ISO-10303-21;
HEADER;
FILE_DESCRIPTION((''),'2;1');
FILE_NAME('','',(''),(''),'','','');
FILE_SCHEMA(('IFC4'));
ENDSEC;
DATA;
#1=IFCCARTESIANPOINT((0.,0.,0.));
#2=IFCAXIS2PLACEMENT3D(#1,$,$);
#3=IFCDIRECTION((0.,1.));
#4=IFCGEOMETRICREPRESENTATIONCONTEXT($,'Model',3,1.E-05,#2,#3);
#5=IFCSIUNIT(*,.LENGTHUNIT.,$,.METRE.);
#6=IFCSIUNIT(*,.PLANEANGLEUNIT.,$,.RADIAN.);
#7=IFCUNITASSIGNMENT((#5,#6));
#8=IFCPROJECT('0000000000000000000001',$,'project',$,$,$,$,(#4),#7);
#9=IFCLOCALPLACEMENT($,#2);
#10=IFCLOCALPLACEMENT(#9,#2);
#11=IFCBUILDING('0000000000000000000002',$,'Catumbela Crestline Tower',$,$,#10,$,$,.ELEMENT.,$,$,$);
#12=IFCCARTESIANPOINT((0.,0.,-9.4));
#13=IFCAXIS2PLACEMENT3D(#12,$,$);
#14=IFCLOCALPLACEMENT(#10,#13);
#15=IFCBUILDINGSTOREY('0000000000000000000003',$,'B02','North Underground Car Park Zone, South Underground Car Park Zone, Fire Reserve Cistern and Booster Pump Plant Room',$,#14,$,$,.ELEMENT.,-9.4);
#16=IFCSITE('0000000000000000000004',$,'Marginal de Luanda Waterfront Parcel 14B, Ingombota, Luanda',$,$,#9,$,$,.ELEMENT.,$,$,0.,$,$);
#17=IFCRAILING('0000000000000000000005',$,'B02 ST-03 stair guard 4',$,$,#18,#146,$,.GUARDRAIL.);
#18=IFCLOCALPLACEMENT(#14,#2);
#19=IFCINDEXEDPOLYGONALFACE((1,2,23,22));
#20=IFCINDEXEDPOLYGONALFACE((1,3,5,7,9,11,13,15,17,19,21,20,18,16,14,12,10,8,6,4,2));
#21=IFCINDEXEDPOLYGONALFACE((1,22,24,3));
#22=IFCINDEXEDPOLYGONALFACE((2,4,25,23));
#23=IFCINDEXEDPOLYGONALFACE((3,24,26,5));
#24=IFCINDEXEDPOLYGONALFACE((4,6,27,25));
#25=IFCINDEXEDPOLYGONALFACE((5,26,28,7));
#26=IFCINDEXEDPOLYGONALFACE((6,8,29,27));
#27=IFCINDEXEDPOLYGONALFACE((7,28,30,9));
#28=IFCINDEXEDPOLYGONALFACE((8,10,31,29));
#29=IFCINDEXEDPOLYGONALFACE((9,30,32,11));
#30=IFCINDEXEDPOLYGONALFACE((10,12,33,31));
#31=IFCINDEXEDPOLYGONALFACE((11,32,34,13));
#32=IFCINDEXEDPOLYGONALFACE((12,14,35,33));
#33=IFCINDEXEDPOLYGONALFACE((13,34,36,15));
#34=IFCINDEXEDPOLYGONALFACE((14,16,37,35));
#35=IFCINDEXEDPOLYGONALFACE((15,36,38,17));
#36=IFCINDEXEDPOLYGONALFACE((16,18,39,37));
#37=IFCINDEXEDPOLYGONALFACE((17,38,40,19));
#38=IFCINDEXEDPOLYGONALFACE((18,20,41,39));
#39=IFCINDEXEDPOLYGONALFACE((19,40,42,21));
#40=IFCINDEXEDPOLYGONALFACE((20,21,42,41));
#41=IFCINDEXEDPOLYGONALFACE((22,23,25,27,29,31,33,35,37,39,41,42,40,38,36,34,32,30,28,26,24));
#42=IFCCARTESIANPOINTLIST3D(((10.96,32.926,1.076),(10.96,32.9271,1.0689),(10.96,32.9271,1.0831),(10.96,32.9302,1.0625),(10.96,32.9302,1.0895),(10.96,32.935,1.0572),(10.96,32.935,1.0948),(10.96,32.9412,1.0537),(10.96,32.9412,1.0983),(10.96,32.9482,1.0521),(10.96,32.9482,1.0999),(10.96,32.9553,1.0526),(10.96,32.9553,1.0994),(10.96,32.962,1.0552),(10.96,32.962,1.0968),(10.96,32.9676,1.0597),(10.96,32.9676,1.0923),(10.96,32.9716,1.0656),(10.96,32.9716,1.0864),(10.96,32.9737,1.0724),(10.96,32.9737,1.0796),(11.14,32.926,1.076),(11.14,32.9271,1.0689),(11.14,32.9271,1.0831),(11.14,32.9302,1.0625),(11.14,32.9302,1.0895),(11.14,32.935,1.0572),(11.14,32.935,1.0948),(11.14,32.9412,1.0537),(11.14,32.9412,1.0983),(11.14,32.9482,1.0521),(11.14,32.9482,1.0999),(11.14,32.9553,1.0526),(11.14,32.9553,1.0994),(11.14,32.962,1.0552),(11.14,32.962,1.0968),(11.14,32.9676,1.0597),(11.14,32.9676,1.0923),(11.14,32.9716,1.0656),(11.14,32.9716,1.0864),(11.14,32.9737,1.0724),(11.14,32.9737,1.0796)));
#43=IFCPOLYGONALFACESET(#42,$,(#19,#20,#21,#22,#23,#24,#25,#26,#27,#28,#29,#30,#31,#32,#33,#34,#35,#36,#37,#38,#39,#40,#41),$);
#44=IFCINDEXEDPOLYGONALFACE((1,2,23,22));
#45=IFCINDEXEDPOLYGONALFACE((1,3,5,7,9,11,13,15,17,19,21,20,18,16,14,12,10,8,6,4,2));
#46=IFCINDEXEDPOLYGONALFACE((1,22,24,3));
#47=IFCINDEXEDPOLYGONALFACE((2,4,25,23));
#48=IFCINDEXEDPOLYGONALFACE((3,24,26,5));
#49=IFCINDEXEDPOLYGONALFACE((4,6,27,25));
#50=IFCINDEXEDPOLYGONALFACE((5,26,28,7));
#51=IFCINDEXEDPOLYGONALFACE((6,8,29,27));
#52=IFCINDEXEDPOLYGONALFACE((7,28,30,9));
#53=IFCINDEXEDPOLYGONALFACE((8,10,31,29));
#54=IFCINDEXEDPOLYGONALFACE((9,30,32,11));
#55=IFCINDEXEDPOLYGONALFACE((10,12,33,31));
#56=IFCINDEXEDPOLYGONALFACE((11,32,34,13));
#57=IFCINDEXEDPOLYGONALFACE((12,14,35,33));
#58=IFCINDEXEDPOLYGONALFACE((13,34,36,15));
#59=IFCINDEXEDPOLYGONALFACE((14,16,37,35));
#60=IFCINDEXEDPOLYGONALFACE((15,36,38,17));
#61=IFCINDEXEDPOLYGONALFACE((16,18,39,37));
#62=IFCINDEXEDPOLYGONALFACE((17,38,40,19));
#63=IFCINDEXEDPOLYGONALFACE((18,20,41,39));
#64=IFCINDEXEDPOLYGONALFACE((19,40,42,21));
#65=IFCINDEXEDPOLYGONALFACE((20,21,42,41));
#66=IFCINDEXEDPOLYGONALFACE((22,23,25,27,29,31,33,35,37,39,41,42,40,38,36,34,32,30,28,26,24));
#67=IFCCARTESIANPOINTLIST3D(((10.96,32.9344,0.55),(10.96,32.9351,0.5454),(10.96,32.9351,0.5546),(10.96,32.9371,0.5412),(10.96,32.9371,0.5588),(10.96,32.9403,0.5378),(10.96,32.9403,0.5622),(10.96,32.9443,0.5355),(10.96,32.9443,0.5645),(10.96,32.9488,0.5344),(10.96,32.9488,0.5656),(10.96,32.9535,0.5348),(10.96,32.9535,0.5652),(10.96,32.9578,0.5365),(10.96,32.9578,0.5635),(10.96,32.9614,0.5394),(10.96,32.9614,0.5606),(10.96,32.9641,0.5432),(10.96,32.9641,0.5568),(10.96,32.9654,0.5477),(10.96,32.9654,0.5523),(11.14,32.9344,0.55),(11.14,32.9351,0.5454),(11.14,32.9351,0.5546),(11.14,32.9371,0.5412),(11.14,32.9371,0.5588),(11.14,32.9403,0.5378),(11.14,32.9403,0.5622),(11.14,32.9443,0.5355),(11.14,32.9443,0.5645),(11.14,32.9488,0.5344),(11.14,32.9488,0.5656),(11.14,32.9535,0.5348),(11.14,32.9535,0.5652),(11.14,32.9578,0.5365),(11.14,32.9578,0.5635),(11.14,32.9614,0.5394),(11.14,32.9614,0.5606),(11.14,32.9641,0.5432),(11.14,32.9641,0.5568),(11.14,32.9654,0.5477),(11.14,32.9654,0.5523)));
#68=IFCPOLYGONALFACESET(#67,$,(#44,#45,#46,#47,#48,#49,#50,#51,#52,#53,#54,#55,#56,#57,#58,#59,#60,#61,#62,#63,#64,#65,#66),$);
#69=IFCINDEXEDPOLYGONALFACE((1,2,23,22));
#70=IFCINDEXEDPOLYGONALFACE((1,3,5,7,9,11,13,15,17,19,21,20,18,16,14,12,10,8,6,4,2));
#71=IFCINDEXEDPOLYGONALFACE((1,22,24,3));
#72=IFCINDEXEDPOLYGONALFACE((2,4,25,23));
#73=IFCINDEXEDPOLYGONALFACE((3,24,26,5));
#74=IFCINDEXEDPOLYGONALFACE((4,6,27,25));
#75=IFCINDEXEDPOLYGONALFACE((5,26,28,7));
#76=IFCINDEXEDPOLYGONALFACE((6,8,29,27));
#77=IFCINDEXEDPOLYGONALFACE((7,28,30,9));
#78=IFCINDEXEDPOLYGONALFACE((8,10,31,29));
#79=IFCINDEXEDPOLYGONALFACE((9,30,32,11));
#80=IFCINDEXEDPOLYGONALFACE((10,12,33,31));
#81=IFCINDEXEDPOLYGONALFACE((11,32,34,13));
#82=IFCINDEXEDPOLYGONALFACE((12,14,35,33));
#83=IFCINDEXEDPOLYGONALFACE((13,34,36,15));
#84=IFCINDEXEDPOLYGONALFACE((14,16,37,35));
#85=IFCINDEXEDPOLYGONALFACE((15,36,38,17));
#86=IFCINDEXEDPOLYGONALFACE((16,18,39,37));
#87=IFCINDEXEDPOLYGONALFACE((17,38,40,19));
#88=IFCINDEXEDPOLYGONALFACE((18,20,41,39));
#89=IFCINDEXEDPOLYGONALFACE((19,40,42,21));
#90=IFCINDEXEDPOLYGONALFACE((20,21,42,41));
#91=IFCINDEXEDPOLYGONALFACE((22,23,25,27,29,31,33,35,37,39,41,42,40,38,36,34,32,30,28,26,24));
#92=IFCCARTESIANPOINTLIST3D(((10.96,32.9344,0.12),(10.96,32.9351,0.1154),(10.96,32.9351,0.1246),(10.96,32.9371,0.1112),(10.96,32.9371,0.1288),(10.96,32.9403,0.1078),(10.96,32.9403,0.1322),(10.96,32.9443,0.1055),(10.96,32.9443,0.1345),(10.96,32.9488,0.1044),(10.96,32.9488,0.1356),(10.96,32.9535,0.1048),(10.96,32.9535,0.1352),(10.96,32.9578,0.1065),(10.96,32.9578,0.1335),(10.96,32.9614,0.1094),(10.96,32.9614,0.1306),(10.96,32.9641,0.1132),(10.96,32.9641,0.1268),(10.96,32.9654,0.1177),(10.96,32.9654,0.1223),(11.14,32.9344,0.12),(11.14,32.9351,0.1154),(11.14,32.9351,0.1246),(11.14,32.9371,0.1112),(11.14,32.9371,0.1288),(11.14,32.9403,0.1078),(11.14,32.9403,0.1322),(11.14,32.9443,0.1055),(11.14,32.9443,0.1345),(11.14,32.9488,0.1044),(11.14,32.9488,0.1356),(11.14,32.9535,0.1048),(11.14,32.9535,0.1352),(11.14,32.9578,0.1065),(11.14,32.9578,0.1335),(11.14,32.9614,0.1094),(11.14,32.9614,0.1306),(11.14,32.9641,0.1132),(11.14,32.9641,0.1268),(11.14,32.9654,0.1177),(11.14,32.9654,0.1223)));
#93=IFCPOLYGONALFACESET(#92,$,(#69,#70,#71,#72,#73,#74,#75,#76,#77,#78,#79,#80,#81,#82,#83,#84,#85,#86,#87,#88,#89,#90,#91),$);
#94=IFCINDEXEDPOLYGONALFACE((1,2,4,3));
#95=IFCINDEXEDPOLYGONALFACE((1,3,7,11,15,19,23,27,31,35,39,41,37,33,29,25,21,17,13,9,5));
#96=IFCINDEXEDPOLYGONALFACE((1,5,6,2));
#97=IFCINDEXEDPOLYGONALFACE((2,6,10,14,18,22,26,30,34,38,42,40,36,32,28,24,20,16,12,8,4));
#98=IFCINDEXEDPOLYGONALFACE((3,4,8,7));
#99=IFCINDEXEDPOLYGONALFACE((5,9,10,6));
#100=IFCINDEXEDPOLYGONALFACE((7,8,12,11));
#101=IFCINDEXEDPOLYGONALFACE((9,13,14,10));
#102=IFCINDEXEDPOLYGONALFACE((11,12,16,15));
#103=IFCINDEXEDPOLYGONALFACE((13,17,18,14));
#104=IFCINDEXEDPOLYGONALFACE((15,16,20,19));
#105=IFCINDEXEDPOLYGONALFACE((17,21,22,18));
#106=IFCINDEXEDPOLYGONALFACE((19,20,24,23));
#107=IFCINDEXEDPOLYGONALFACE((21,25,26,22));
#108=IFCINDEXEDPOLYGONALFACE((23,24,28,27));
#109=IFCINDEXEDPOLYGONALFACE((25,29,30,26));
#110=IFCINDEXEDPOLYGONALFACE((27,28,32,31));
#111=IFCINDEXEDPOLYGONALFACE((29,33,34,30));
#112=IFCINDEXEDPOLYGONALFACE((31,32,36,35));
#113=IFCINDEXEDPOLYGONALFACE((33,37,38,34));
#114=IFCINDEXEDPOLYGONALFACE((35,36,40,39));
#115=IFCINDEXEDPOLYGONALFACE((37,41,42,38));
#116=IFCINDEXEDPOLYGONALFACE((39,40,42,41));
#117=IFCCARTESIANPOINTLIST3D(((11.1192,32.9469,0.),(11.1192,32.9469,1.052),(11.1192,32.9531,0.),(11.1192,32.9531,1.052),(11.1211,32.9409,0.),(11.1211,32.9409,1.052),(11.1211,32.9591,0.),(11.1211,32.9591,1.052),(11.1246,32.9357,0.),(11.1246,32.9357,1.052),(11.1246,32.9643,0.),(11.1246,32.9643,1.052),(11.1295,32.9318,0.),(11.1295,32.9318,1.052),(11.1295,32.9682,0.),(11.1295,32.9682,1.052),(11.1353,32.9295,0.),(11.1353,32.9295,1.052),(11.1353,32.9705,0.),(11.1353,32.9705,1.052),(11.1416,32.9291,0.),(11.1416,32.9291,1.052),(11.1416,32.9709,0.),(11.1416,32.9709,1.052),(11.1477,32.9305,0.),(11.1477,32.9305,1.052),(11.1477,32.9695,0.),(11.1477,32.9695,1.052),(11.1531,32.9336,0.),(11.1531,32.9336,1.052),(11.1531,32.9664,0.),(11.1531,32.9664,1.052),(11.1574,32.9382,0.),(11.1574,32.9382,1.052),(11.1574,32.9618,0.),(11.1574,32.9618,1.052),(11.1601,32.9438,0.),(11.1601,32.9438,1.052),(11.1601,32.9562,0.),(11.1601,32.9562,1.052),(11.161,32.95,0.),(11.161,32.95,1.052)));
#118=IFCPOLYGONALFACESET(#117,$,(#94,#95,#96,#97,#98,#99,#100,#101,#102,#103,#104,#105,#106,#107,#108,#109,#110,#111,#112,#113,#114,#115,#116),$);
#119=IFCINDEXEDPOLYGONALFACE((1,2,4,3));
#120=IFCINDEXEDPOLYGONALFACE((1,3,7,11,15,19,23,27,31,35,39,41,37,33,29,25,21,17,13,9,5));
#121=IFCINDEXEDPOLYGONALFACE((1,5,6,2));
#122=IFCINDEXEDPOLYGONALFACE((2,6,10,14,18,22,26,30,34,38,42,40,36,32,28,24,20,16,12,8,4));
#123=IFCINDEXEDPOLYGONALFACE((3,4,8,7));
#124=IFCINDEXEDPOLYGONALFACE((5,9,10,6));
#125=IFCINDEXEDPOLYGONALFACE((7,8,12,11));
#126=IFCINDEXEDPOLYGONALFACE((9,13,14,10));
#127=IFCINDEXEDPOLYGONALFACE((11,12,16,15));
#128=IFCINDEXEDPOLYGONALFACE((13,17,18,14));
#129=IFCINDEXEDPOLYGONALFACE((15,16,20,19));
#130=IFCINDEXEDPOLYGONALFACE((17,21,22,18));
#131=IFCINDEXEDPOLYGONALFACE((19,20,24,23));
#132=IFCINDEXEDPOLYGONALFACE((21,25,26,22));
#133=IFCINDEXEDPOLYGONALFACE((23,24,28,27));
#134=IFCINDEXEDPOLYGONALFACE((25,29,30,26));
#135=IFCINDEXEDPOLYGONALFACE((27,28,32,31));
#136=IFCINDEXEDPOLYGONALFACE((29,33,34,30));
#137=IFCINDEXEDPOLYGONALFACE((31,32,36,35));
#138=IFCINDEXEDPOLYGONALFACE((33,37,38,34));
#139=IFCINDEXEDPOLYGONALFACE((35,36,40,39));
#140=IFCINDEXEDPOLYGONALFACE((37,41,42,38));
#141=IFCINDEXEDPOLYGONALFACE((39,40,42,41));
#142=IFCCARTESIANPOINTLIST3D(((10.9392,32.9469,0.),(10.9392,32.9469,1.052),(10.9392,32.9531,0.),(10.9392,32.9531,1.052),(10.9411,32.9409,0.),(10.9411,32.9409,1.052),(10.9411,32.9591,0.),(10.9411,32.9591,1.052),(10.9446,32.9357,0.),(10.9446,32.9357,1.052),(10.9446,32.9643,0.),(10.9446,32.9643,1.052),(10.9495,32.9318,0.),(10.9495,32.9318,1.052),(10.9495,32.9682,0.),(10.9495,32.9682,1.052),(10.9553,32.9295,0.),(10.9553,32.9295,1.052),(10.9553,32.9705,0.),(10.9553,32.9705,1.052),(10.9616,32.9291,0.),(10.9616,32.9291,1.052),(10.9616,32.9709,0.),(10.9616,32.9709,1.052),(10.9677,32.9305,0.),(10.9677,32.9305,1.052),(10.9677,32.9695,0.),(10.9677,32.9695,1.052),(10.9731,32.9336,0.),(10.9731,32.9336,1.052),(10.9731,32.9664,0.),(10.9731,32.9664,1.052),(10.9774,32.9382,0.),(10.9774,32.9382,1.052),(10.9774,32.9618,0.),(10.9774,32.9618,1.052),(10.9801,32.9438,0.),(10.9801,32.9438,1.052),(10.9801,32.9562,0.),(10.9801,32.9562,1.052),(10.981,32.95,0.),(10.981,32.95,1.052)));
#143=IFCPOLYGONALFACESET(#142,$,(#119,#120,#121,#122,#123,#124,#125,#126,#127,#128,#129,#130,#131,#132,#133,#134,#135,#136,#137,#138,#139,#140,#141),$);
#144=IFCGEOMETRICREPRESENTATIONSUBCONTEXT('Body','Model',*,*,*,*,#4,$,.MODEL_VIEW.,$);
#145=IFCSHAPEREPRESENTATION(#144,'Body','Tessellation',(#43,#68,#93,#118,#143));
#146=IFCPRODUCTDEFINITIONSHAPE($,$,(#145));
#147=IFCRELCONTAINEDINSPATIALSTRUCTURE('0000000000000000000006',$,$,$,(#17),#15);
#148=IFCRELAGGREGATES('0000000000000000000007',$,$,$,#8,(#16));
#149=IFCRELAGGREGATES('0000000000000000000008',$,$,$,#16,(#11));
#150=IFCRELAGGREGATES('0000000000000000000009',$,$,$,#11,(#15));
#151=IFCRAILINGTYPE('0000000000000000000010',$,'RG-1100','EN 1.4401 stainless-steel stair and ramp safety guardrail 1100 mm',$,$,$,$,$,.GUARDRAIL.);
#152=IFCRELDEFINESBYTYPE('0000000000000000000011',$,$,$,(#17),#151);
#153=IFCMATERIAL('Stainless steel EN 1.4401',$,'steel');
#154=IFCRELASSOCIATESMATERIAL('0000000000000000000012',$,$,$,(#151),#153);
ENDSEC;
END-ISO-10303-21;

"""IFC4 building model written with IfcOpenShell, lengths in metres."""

from ifc_helpers import new_model, si_unit, direction, frame, origin, origin_2d, place, context, subcontext, project, spatial, circle, extrude, material, type_object, element, save


model = new_model("IFC4")

# Units and contexts
model_context = context("Model", 3, precision=1e-05, world=origin(), true_north=direction((0.0, 1.0)))
body_context = subcontext(model_context, "Body", "Model", "MODEL_VIEW")
ifc_project = project(units=[si_unit("LENGTHUNIT", "METRE"), si_unit("PLANEANGLEUNIT", "RADIAN")], contexts=[model_context])

# Site, building, storey
site_placement = place(None, origin())
site = spatial("IfcSite", under=ifc_project, at=site_placement, Name="Marginal de Luanda Waterfront Parcel 14B, Ingombota, Luanda", CompositionType="ELEMENT", RefElevation=0.0)
building_placement = place(site_placement, origin())
building = spatial("IfcBuilding", under=site, at=building_placement, Name="Catumbela Crestline Tower", CompositionType="ELEMENT")
storey_placement = place(building_placement, frame((0.0, 0.0, -9.4)))
storey = spatial("IfcBuildingStorey", under=building, at=storey_placement, Name="B02", Description="North Underground Car Park Zone, South Underground Car Park Zone, Fire Reserve Cistern and Booster Pump Plant Room", CompositionType="ELEMENT", Elevation=-9.4)

# Shared definitions
ifc_material_1 = material(Name="Stainless steel EN 1.4401", Category="steel")

# Railing
railing_type_1 = type_object("IfcRailingType", Name="RG-1100", Description="EN 1.4401 stainless-steel stair and ramp safety guardrail 1100 mm", PredefinedType="GUARDRAIL", material=ifc_material_1)
railing_1_placement = place(storey_placement, frame((11.14, 32.95, 0.0)))
element("IfcRailing", 1, at=railing_1_placement, inside=storey, type_object=railing_type_1, Name="B02 ST-03 stair guard 4", PredefinedType="GUARDRAIL", context=body_context, shape_type="SweptSolid", body=[
    extrude(circle(Radius=0.024, at=origin_2d()), frame((0.0, 0.0, 1.076), z_axis=(-1.0, 0.0, 0.0), x_axis=(0.0, -1.0, 0.0)), (0.0, 0.0, 1.0), 0.18),
    extrude(circle(Radius=0.0156, at=origin_2d()), frame((0.0, 0.0, 0.55), z_axis=(-1.0, 0.0, 0.0), x_axis=(0.0, -1.0, 0.0)), (0.0, 0.0, 1.0), 0.18),
    extrude(circle(Radius=0.0156, at=origin_2d()), frame((0.0, 0.0, 0.12), z_axis=(-1.0, 0.0, 0.0), x_axis=(0.0, -1.0, 0.0)), (0.0, 0.0, 1.0), 0.18),
    extrude(circle(Radius=0.021, at=origin_2d()), origin(), (0.0, 0.0, 1.0), 1.052),
    extrude(circle(Radius=0.021, at=origin_2d()), frame((-0.18, 0.0, 0.0)), (0.0, 0.0, 1.0), 1.052),
])

save(model, "model.ifc")
